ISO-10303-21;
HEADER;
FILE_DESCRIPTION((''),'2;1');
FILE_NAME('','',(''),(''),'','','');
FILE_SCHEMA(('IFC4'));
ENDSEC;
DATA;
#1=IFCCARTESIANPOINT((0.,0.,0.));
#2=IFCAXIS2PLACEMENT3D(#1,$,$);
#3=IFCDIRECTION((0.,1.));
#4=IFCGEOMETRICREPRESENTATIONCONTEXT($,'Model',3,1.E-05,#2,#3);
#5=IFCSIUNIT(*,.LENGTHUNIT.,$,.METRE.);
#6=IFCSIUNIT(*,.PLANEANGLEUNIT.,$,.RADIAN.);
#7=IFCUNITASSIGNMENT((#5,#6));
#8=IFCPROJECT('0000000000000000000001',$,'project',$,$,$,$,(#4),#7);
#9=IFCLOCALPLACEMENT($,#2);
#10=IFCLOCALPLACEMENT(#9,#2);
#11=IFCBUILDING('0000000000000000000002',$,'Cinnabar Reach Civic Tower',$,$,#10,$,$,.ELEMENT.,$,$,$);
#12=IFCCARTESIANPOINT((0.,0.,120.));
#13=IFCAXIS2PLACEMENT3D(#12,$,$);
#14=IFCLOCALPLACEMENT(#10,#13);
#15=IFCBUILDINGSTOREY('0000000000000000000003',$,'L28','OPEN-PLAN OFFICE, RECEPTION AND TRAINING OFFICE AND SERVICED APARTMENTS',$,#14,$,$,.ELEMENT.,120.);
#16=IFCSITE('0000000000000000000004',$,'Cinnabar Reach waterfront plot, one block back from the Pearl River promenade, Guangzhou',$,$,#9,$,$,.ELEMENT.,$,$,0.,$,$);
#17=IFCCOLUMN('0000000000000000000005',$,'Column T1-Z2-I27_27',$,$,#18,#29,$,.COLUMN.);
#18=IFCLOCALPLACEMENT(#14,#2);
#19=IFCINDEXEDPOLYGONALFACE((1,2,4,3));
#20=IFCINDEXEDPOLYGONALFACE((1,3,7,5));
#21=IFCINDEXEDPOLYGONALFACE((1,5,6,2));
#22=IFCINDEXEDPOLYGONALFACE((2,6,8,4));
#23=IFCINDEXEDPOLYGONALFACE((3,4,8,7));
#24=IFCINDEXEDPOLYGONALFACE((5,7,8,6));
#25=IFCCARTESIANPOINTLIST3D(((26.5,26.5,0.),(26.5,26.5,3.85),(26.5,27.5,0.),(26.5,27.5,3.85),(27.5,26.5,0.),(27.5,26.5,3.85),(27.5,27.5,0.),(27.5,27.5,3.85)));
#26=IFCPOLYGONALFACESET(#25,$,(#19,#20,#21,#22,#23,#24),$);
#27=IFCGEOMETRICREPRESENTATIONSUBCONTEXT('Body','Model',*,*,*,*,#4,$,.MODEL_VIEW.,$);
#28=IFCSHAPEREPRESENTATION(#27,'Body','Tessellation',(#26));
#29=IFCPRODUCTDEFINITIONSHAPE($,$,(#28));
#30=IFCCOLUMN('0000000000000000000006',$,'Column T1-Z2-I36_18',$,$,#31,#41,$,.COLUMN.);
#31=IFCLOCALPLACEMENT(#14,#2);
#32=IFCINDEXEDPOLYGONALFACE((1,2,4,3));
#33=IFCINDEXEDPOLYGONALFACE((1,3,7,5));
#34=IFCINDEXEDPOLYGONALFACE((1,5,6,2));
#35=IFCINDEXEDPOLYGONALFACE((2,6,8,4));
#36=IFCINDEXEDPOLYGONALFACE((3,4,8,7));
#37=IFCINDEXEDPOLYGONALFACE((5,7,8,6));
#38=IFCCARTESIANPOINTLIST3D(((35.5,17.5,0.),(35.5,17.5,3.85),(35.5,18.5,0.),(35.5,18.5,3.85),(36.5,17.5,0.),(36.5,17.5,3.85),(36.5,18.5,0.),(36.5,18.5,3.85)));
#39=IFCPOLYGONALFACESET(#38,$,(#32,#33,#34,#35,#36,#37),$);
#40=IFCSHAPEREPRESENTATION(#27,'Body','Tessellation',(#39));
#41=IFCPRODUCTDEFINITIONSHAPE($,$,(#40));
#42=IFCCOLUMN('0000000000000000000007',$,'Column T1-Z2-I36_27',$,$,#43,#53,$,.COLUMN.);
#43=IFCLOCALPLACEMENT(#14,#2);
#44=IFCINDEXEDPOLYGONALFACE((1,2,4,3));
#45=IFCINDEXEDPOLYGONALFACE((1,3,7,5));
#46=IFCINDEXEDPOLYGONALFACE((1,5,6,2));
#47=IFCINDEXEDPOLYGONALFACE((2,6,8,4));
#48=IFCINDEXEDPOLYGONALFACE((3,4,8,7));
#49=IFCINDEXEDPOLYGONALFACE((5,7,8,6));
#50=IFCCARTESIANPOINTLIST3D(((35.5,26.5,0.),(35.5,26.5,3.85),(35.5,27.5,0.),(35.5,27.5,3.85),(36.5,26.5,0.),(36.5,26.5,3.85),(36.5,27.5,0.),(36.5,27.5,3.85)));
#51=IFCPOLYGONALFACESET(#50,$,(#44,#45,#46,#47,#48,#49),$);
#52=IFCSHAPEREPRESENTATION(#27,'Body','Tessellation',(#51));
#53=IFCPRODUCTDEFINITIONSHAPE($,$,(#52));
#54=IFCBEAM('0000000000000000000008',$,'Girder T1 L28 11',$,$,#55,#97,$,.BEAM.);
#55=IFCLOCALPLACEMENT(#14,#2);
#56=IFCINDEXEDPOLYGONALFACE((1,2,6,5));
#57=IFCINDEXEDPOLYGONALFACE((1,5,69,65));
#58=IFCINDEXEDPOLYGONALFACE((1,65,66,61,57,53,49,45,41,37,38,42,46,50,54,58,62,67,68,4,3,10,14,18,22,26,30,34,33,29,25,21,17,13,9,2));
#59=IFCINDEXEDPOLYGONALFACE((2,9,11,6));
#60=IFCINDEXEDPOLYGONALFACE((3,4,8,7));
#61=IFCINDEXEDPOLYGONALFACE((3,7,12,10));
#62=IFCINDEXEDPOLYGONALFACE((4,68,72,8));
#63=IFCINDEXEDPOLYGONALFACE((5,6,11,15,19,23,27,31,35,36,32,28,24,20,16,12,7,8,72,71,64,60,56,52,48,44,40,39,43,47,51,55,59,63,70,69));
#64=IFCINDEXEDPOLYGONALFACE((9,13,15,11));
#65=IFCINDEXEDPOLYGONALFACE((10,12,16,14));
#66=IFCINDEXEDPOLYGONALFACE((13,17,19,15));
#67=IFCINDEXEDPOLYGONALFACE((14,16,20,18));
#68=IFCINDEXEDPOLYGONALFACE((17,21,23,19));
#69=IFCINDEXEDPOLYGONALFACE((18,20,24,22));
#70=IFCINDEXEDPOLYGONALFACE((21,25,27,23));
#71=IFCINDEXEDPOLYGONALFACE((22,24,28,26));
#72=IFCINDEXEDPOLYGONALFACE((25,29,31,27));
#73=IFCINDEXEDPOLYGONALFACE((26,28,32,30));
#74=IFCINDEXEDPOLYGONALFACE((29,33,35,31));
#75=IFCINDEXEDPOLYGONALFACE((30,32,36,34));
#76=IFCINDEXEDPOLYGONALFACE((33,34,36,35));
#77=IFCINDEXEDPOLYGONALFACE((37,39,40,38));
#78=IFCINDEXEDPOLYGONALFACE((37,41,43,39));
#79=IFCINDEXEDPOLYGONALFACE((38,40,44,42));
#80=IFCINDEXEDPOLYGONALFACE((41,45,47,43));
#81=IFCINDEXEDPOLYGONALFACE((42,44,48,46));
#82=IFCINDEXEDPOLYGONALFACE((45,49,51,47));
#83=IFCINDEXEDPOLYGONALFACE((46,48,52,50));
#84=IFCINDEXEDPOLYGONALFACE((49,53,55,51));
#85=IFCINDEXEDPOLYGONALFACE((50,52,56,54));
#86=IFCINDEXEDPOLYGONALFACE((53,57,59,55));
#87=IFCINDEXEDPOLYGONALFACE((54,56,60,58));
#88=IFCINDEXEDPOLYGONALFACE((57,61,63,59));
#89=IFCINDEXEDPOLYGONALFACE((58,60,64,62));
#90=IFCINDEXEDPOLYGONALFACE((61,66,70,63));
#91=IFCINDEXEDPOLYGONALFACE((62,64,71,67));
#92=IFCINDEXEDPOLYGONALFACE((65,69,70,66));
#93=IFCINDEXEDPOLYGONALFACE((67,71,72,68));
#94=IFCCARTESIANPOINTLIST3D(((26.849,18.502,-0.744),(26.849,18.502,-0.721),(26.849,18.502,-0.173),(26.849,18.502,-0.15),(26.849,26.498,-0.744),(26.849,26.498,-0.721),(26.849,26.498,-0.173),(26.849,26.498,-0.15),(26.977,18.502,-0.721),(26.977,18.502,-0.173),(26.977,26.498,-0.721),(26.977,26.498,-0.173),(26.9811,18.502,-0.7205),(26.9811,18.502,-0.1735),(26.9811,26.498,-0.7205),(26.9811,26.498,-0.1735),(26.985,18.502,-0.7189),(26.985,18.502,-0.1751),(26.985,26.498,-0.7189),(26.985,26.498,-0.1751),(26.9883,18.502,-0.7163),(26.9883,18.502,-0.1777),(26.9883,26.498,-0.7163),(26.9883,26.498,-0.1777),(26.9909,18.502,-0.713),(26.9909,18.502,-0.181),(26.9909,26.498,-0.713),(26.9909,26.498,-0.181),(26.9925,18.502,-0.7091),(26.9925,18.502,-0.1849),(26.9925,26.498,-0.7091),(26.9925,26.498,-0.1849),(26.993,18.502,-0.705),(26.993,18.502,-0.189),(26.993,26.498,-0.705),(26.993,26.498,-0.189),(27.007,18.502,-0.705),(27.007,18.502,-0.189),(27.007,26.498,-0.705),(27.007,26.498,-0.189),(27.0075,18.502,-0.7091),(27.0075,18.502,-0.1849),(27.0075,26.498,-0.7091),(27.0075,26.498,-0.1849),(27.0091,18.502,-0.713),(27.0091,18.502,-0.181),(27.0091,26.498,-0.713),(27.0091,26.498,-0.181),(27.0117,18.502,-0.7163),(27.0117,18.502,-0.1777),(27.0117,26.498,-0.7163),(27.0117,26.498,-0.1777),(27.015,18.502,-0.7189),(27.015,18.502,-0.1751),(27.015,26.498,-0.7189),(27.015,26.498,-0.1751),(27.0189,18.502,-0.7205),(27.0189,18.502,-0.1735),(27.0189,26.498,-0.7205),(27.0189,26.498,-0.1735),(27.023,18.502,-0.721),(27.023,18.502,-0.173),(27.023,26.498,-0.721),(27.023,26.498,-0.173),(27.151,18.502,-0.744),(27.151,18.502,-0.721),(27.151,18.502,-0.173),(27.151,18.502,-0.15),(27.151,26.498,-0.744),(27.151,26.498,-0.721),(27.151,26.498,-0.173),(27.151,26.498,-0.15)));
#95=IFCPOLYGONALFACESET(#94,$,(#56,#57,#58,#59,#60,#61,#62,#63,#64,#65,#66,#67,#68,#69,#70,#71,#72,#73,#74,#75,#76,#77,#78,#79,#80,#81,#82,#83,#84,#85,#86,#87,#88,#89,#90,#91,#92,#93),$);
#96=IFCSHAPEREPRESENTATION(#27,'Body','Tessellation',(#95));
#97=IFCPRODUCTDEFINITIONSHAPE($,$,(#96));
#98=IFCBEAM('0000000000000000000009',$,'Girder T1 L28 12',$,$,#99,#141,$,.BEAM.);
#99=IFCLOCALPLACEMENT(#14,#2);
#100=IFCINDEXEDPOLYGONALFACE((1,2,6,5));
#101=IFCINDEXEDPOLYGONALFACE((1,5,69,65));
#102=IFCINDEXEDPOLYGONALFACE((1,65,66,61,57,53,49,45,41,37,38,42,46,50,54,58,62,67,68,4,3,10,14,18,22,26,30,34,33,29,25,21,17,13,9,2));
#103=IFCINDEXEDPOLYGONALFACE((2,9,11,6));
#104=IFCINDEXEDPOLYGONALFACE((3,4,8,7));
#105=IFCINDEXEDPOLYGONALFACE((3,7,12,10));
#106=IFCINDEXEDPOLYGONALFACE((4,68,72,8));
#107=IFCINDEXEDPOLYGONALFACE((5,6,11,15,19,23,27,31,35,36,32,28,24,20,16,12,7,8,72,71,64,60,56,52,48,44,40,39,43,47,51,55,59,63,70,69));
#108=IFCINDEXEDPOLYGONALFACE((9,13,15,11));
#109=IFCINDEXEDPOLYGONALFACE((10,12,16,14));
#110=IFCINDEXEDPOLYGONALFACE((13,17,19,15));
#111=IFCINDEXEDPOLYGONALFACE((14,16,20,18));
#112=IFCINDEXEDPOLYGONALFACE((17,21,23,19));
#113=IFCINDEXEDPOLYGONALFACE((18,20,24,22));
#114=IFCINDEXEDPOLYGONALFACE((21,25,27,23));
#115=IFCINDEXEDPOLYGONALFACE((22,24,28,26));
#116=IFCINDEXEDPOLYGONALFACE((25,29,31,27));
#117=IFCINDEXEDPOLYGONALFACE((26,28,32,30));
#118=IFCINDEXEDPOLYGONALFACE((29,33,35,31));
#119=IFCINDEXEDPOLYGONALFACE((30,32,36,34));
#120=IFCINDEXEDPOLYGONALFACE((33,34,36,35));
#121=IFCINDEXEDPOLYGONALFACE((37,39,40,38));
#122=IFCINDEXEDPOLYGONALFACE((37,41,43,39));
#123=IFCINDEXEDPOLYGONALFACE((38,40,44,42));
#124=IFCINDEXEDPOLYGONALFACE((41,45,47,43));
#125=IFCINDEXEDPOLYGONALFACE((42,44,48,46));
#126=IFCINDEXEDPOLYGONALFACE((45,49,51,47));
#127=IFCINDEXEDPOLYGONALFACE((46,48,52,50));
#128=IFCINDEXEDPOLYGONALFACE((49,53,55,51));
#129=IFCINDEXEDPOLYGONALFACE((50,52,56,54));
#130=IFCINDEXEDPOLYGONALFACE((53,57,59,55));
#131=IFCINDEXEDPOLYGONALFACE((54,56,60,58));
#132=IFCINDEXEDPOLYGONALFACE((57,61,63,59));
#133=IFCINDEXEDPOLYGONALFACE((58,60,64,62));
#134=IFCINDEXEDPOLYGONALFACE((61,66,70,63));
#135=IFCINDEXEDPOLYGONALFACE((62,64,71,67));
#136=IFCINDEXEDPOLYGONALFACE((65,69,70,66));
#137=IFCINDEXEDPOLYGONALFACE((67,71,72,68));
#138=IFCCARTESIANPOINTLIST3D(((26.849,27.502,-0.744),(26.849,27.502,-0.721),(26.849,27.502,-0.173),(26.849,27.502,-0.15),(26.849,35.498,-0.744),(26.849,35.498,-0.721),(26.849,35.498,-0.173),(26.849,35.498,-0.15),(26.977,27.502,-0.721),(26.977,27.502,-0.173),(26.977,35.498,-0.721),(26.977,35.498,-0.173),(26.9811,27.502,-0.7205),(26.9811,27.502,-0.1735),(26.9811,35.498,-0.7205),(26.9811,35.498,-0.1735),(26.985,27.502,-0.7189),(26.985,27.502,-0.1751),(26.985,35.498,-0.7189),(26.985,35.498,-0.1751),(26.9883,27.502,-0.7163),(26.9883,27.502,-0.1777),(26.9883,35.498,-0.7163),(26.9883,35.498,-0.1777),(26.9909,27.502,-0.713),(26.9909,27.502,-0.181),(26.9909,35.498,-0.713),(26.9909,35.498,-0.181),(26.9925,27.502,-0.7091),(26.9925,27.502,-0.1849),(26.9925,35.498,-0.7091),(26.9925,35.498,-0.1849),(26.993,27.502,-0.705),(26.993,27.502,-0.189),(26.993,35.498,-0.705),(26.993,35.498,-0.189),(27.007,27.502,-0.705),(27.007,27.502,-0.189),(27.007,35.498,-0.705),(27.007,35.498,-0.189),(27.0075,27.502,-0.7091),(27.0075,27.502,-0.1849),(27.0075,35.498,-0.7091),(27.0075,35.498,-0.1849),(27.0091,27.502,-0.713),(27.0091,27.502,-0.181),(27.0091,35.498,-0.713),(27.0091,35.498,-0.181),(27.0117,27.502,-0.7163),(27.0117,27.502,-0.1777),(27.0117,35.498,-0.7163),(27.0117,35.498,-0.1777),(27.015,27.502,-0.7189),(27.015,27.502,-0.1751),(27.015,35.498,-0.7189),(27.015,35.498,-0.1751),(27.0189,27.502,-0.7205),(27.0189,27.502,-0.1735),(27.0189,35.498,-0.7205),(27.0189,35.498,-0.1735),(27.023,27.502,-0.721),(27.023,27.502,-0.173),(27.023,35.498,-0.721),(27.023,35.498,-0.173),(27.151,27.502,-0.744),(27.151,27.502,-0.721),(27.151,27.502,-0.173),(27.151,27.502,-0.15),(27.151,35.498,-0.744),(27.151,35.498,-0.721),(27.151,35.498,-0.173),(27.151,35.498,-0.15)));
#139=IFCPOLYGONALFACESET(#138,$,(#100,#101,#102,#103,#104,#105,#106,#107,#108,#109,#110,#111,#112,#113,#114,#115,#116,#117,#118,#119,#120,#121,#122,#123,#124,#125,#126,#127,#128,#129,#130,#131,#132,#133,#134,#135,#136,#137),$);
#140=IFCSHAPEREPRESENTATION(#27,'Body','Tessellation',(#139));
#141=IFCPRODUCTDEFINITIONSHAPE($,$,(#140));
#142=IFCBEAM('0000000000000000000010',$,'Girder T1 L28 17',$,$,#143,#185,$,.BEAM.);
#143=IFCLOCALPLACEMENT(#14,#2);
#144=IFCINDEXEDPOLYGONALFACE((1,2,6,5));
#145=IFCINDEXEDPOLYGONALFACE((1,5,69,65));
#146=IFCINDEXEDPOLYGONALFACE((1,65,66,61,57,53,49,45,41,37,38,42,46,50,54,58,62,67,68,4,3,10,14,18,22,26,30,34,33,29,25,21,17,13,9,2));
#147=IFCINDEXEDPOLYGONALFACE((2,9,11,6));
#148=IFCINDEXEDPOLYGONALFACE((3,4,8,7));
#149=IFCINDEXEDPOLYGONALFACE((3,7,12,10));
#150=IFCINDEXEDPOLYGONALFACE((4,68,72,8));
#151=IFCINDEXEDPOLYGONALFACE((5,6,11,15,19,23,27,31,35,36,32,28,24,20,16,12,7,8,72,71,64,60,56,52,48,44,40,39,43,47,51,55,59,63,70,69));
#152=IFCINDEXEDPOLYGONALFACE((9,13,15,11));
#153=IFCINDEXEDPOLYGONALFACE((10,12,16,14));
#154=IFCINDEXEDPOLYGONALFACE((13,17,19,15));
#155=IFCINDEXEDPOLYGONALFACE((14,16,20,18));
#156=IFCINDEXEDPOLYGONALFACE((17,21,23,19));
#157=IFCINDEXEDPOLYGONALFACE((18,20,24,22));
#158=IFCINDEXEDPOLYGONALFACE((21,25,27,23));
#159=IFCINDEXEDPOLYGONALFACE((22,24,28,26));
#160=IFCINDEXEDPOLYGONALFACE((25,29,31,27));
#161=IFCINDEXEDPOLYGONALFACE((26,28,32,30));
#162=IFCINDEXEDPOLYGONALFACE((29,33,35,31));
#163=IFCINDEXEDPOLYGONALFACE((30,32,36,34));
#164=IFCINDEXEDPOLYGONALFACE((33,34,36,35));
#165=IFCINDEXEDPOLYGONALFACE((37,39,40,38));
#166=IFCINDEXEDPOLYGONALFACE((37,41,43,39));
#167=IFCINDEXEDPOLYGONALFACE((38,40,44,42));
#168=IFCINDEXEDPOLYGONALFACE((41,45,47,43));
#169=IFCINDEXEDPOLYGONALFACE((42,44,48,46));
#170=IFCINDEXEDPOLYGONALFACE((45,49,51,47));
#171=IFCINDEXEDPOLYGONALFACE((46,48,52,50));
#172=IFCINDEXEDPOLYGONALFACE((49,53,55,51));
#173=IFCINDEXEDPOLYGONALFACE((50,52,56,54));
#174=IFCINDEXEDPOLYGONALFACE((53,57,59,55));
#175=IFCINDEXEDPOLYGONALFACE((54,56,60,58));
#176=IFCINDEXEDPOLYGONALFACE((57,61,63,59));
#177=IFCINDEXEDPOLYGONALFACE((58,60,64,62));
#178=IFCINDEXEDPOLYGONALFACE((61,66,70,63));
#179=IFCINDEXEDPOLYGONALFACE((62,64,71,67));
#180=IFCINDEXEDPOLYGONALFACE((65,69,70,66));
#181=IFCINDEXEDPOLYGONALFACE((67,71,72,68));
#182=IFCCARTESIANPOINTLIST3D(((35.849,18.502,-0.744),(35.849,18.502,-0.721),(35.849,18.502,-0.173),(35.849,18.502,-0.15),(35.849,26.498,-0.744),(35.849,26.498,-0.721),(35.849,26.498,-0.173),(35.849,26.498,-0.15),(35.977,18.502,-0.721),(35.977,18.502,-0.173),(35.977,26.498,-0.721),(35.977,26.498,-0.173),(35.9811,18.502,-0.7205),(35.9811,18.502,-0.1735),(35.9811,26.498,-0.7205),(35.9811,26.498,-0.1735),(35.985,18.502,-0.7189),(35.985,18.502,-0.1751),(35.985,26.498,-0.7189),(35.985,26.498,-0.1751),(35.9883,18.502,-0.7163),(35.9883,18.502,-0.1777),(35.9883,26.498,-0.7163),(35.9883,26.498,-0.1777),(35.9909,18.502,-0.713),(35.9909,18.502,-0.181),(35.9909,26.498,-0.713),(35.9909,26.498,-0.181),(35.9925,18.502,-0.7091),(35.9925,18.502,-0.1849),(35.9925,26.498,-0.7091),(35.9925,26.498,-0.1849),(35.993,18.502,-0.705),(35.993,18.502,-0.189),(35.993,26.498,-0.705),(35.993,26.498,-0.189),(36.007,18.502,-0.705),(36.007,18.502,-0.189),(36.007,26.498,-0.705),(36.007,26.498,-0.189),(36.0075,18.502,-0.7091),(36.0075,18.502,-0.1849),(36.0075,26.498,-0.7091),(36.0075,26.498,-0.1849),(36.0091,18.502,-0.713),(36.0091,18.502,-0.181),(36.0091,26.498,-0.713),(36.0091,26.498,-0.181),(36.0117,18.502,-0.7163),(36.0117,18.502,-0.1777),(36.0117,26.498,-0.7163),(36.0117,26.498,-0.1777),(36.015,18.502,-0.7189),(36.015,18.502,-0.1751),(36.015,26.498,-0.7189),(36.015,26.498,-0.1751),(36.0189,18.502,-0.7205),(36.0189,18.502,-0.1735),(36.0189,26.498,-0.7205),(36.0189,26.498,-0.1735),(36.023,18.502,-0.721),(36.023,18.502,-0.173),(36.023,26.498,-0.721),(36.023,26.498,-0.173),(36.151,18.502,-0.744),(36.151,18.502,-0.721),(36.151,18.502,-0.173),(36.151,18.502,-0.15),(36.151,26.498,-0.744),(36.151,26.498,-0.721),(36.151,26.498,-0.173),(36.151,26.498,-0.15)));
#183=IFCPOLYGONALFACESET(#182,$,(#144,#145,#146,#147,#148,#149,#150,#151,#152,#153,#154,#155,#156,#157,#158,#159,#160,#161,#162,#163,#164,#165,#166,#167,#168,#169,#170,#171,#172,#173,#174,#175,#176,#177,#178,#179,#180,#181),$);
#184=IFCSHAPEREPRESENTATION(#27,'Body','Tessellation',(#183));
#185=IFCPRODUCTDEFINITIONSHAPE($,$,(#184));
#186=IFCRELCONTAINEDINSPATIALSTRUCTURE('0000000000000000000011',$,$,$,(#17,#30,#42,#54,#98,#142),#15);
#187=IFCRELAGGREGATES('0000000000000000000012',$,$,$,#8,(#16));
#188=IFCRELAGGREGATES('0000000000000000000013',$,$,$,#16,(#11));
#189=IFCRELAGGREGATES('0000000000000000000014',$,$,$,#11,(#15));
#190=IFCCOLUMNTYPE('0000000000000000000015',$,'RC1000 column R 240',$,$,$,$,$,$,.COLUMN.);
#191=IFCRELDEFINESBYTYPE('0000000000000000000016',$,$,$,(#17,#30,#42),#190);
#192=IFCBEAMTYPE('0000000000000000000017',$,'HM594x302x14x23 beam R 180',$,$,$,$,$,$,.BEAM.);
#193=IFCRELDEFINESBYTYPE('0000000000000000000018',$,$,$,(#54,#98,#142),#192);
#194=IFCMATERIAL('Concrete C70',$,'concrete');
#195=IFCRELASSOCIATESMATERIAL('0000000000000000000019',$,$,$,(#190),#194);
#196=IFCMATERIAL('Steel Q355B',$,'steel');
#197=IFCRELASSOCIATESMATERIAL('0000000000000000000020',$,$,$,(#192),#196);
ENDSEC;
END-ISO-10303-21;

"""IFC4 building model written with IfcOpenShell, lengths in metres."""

from ifc_helpers import new_model, si_unit, direction, frame, origin, origin_2d, place, context, subcontext, project, spatial, rectangle, i_section, extrude, material, material_profile, profile_set, type_object, element, save


model = new_model("IFC4")

# Units and contexts
model_context = context("Model", 3, precision=1e-05, world=origin(), true_north=direction((0.0, 1.0)))
body_context = subcontext(model_context, "Body", "Model", "MODEL_VIEW")
ifc_project = project(units=[si_unit("LENGTHUNIT", "METRE"), si_unit("PLANEANGLEUNIT", "RADIAN")], contexts=[model_context])

# Site, building, storey
site_placement = place(None, origin())
site = spatial("IfcSite", under=ifc_project, at=site_placement, Name="Cinnabar Reach waterfront plot, one block back from the Pearl River promenade, Guangzhou", CompositionType="ELEMENT", RefElevation=0.0)
building_placement = place(site_placement, origin())
building = spatial("IfcBuilding", under=site, at=building_placement, Name="Cinnabar Reach Civic Tower", CompositionType="ELEMENT")
storey_placement = place(building_placement, frame((0.0, 0.0, 120.0)))
storey = spatial("IfcBuildingStorey", under=building, at=storey_placement, Name="L28", Description="OPEN-PLAN OFFICE, RECEPTION AND TRAINING OFFICE AND SERVICED APARTMENTS", CompositionType="ELEMENT", Elevation=120.0)

# Columns
ifc_material_1 = material(Name="Concrete C70", Category="concrete")
ifc_material_profile_1 = material_profile(ifc_material_1, rectangle(XDim=1.0, YDim=1.0, at=origin_2d()), Name="RC1000")
ifc_profile_set_1 = profile_set([ifc_material_profile_1], Name="Concrete C70")
column_type = type_object("IfcColumnType", Name="RC1000 column R 240", PredefinedType="COLUMN", material=ifc_profile_set_1)
for number, where, z_axis, x_axis, name in (
    (1, (27.0, 27.0, 0.0), (0.0, 0.0, 1.0), (1.0, 0.0, 0.0), "Column T1-Z2-I27_27"),
    (2, (36.0, 18.0, 0.0), (0.0, 0.0, 1.0), (1.0, 0.0, 0.0), "Column T1-Z2-I36_18"),
    (3, (36.0, 27.0, 0.0), (0.0, 0.0, 1.0), (1.0, 0.0, 0.0), "Column T1-Z2-I36_27"),
):
    element("IfcColumn", number, at=place(storey_placement, frame(where, z_axis=z_axis, x_axis=x_axis)), inside=storey, type_object=column_type, Name=name, PredefinedType="COLUMN", context=body_context, shape_type="SweptSolid", body=[
        extrude(rectangle(XDim=1.0, YDim=1.0, at=origin_2d()), origin(), (0.0, 0.0, 1.0), 3.85),
    ])

# Beams
ifc_material_2 = material(Name="Steel Q355B", Category="steel")
ifc_material_profile_2 = material_profile(ifc_material_2, i_section(OverallWidth=0.302, OverallDepth=0.594, WebThickness=0.014, FlangeThickness=0.023, FilletRadius=0.016, at=origin_2d()), Name="HM594x302x14x23")
ifc_profile_set_2 = profile_set([ifc_material_profile_2], Name="Steel Q355B")
beam_type_1 = type_object("IfcBeamType", Name="HM594x302x14x23 beam R 180", PredefinedType="BEAM", material=ifc_profile_set_2)
for number, where, z_axis, x_axis, name in (
    (4, (27.0, 18.502, -0.447), (0.0, 1.0, 0.0), (-1.0, 0.0, 0.0), "Girder T1 L28 11"),
    (5, (27.0, 27.502, -0.447), (0.0, 1.0, 0.0), (-1.0, 0.0, 0.0), "Girder T1 L28 12"),
    (6, (36.0, 18.502, -0.447), (0.0, 1.0, 0.0), (-1.0, 0.0, 0.0), "Girder T1 L28 17"),
):
    element("IfcBeam", number, at=place(storey_placement, frame(where, z_axis=z_axis, x_axis=x_axis)), inside=storey, type_object=beam_type_1, Name=name, PredefinedType="BEAM", context=body_context, shape_type="SweptSolid", body=[
        extrude(i_section(OverallWidth=0.302, OverallDepth=0.594, WebThickness=0.014, FlangeThickness=0.023, FilletRadius=0.016, at=origin_2d()), origin(), (0.0, 0.0, 1.0), 7.996),
    ])

save(model, "model.ifc")
